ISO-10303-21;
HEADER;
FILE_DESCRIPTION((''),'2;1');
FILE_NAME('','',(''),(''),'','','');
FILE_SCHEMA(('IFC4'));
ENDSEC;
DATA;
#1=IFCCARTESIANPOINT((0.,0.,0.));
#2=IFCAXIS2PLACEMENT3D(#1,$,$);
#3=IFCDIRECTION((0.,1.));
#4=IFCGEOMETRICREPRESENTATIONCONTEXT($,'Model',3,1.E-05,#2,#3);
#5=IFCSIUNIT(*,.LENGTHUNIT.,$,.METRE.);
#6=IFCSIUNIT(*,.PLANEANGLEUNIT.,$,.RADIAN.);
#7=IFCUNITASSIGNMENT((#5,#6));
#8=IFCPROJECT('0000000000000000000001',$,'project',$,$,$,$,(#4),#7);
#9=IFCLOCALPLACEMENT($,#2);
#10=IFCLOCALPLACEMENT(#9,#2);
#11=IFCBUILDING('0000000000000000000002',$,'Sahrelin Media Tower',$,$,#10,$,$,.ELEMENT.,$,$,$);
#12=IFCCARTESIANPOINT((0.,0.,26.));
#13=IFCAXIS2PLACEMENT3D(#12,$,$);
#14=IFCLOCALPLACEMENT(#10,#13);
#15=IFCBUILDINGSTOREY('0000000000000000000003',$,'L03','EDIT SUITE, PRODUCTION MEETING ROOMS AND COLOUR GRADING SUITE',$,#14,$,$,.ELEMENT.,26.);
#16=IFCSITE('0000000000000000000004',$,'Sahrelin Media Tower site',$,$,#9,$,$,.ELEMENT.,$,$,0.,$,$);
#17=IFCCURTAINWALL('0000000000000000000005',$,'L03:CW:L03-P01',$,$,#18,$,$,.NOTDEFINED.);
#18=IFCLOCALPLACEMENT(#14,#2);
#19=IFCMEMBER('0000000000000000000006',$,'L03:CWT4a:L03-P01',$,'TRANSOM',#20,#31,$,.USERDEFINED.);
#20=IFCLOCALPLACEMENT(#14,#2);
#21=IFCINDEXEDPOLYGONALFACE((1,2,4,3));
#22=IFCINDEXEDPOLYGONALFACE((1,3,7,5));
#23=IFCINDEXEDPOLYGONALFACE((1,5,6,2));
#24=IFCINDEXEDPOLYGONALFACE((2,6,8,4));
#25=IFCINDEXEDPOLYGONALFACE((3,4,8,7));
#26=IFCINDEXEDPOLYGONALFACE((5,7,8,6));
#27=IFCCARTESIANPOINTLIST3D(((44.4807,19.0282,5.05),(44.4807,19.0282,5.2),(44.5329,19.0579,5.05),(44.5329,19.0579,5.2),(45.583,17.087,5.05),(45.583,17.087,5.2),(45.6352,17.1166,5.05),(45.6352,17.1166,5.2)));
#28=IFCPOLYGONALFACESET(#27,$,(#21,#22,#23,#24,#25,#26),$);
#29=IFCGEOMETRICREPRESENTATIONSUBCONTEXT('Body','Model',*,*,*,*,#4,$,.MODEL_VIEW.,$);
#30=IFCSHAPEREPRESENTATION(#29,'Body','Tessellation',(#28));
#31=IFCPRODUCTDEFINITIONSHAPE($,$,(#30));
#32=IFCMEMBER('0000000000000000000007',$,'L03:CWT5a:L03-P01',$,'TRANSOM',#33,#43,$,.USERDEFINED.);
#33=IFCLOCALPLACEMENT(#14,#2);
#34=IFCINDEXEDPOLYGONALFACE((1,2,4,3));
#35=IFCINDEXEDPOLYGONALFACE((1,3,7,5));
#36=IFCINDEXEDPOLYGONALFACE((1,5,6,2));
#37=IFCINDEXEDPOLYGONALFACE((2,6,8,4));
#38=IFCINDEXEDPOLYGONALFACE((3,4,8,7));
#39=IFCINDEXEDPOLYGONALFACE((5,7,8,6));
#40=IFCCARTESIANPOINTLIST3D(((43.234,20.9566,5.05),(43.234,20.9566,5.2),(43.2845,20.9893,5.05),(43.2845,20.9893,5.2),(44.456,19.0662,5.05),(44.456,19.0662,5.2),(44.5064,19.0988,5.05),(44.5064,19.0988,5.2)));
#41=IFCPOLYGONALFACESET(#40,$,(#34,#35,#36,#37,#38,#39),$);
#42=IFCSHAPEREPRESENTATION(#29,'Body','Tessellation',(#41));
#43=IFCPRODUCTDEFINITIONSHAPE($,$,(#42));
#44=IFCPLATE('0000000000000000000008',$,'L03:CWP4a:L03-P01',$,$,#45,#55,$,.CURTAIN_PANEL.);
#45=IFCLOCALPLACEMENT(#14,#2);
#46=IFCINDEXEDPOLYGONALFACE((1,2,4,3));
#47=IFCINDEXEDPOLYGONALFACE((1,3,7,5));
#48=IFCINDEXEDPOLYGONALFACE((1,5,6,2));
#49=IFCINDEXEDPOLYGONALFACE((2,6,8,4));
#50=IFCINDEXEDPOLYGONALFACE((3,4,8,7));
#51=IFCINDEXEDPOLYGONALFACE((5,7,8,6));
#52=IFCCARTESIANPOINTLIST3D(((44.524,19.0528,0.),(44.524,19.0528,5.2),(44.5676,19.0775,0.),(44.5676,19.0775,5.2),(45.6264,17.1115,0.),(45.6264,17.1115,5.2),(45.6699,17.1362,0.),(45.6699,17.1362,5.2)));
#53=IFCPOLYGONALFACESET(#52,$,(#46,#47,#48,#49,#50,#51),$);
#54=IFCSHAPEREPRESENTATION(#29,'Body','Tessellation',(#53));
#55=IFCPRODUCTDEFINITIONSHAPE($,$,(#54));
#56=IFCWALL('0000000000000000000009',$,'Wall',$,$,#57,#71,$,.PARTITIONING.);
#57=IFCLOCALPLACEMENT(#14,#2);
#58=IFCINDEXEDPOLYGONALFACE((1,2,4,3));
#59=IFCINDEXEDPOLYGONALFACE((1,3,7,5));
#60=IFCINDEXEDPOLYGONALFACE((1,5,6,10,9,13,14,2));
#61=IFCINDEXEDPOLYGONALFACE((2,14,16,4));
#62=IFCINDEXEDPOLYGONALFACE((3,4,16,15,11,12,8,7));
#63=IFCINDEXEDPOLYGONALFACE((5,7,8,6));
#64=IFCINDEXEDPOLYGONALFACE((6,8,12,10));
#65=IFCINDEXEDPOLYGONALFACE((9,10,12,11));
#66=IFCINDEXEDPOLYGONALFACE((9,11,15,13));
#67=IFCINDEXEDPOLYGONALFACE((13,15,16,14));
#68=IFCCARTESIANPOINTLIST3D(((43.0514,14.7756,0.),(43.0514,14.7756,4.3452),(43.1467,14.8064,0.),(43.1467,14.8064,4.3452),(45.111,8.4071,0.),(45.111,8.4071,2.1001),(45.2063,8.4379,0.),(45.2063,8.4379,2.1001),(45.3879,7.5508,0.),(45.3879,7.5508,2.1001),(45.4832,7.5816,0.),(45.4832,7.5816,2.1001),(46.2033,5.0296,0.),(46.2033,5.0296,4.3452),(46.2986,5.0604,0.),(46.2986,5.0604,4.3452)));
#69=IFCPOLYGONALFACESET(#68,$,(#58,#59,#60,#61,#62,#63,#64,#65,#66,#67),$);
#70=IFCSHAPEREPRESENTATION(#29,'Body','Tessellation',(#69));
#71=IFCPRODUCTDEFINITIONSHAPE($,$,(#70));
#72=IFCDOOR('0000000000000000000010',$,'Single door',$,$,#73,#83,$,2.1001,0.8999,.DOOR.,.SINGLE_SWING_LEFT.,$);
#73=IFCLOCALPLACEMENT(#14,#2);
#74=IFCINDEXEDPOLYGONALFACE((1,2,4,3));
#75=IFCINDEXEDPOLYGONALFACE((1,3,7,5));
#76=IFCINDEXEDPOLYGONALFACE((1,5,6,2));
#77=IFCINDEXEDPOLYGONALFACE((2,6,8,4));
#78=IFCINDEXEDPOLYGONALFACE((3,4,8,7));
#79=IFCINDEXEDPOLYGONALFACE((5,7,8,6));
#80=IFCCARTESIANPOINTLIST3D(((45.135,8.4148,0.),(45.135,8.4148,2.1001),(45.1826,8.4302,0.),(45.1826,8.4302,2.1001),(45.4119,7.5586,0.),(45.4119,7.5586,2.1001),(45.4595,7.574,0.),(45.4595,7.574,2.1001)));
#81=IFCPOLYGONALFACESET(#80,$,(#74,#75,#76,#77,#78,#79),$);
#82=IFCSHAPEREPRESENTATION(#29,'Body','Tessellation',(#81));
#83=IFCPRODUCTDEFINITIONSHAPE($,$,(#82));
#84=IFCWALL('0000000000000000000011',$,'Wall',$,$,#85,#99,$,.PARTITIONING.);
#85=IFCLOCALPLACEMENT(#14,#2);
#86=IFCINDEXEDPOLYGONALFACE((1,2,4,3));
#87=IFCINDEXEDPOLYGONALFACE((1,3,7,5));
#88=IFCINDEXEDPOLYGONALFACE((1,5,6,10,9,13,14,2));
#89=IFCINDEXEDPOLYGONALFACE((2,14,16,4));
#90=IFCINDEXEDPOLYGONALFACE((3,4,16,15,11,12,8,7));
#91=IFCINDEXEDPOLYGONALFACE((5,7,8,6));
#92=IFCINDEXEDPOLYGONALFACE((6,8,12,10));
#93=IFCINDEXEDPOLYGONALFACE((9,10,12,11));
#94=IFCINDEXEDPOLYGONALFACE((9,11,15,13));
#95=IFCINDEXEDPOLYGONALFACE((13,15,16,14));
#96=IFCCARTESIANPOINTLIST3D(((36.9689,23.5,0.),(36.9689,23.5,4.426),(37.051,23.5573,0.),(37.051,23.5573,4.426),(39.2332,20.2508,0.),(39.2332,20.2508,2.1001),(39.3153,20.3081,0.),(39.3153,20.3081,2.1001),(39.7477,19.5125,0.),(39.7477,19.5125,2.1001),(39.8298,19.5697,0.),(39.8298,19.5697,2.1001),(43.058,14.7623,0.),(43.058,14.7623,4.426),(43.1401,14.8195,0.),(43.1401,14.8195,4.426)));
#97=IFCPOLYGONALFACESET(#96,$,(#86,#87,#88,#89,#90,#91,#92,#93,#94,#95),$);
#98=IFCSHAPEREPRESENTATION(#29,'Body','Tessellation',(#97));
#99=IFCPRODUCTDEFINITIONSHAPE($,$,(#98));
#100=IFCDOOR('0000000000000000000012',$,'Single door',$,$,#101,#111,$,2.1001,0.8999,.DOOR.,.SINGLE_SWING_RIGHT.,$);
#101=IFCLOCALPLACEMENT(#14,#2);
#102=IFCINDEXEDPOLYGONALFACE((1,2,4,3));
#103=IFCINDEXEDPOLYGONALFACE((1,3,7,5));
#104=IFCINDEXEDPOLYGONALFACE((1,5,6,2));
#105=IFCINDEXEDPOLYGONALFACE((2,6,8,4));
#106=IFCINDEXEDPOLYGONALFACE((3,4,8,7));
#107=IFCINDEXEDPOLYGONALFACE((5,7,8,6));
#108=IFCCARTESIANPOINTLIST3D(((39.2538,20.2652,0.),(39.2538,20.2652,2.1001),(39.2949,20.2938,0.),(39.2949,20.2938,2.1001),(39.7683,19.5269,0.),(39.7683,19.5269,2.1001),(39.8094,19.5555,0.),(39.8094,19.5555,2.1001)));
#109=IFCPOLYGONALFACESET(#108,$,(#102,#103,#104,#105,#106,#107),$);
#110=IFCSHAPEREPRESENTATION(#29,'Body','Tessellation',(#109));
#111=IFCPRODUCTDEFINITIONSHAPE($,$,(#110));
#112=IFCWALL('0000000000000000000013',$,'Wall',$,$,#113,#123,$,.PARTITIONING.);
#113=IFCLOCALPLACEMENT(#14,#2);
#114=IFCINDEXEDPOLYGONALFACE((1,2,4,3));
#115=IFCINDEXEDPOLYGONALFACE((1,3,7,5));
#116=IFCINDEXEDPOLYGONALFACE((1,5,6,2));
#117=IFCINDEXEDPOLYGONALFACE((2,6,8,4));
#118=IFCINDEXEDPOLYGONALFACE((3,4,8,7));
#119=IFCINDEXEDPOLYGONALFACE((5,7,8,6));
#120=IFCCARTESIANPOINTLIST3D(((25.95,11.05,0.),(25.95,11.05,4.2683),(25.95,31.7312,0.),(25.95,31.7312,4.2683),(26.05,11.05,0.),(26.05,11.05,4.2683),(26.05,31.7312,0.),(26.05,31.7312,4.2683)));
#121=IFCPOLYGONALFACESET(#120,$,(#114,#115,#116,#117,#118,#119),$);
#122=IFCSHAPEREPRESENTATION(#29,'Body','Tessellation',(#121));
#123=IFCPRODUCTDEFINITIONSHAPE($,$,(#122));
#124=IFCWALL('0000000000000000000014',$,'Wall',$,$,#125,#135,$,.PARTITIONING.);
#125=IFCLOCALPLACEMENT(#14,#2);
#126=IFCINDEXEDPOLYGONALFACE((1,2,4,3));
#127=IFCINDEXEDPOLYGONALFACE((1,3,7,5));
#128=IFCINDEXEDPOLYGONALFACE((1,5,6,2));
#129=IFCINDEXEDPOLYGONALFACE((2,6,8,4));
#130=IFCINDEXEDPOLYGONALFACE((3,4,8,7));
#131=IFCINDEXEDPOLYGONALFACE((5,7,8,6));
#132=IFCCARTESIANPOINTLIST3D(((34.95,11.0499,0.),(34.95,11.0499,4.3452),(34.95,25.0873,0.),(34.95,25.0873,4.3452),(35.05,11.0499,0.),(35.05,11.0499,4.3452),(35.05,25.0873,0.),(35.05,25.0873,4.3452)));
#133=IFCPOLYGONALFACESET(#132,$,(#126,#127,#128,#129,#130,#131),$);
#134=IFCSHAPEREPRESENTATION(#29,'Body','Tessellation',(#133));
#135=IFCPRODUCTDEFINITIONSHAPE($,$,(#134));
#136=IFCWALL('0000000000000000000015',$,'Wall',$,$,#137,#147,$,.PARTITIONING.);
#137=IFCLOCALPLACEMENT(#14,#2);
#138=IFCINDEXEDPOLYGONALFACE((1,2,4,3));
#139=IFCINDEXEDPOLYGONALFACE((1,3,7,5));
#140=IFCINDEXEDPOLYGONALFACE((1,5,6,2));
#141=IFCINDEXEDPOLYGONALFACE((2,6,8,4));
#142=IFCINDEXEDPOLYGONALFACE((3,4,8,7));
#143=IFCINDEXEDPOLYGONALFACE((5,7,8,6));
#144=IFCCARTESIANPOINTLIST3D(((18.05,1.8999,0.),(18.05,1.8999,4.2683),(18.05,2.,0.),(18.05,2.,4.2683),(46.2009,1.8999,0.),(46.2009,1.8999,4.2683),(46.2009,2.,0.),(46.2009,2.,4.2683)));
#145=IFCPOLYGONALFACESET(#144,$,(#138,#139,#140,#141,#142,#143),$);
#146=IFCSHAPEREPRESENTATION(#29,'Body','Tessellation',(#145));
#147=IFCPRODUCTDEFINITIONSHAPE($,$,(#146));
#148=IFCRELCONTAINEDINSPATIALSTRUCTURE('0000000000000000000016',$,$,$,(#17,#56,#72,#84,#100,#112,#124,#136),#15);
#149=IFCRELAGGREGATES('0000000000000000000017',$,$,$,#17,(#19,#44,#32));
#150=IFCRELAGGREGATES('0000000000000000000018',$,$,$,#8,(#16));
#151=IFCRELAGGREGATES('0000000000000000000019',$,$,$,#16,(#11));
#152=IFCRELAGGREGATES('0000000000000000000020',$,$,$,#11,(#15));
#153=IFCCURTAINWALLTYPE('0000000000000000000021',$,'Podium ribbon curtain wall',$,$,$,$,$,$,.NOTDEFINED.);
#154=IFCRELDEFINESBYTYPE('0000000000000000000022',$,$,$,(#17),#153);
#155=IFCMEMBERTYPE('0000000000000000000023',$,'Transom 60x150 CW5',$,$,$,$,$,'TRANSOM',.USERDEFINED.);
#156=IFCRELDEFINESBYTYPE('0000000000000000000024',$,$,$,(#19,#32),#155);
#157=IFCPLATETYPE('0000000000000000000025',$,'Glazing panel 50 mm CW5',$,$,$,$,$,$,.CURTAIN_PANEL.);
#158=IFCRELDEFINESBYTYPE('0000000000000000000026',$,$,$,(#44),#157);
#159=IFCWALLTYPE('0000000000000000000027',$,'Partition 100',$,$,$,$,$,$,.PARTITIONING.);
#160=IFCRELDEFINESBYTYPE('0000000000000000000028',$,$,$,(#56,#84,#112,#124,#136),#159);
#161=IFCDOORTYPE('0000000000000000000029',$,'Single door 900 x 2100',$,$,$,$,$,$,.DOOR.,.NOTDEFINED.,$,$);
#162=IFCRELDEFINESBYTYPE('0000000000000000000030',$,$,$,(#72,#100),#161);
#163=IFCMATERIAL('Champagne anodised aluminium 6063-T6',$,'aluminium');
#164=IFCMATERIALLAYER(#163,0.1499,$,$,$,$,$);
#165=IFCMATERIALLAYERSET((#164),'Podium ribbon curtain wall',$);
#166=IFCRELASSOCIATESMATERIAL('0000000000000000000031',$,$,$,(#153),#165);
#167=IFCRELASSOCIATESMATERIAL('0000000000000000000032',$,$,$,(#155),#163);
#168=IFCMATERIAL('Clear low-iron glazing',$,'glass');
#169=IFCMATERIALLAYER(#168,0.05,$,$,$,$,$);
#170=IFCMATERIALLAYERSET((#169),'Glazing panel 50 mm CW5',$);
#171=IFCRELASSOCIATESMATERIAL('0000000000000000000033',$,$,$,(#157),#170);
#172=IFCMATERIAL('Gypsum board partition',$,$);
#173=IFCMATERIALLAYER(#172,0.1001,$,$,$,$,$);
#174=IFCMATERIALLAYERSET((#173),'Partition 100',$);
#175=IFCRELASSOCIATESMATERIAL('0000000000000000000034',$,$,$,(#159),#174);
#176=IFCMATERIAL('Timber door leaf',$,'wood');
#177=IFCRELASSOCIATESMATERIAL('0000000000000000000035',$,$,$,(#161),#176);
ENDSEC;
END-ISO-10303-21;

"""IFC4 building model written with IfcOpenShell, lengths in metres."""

from ifc_helpers import new_model, si_unit, direction, frame, frame_2d, origin, origin_2d, place, context, subcontext, project, spatial, polyline, rectangle, outline, extrude, material, layer, layer_set, material_profile, profile_set, type_object, element, fill, aggregate, save


model = new_model("IFC4")

# Units and contexts
model_context = context("Model", 3, precision=1e-05, world=origin(), true_north=direction((0.0, 1.0)))
body_context = subcontext(model_context, "Body", "Model", "MODEL_VIEW")
ifc_project = project(units=[si_unit("LENGTHUNIT", "METRE"), si_unit("PLANEANGLEUNIT", "RADIAN")], contexts=[model_context])

# Site, building, storey
site_placement = place(None, origin())
site = spatial("IfcSite", under=ifc_project, at=site_placement, Name="Sahrelin Media Tower site", CompositionType="ELEMENT", RefElevation=0.0)
building_placement = place(site_placement, origin())
building = spatial("IfcBuilding", under=site, at=building_placement, Name="Sahrelin Media Tower", CompositionType="ELEMENT")
storey_placement = place(building_placement, frame((0.0, 0.0, 26.0)))
storey = spatial("IfcBuildingStorey", under=building, at=storey_placement, Name="L03", Description="EDIT SUITE, PRODUCTION MEETING ROOMS AND COLOUR GRADING SUITE", CompositionType="ELEMENT", Elevation=26.0)

# Curtain wall
ifc_material_1 = material(Name="Champagne anodised aluminium 6063-T6", Category="aluminium")
ifc_layer_1 = layer(ifc_material_1, 0.1499)
ifc_layer_set_1 = layer_set([ifc_layer_1], Name="Podium ribbon curtain wall")
curtain_wall_type = type_object("IfcCurtainWallType", Name="Podium ribbon curtain wall", PredefinedType="NOTDEFINED", material=ifc_layer_set_1)
curtain_wall_placement = place(storey_placement, frame((48.2964, 10.8704, 0.0), z_axis=(0.0, 0.0, 1.0), x_axis=(1.0, 0.0, 0.0)))
curtain_wall = element("IfcCurtainWall", 1, at=curtain_wall_placement, inside=storey, type_object=curtain_wall_type, Name="L03:CW:L03-P01", PredefinedType="NOTDEFINED")

# Members
ifc_material_profile_1 = material_profile(ifc_material_1, rectangle(XDim=0.0601, YDim=0.1499, at=origin_2d()), Name="Transom 60x150")
ifc_profile_set_1 = profile_set([ifc_material_profile_1], Name="Champagne anodised aluminium 6063-T6")
member_type_1 = type_object("IfcMemberType", Name="Transom 60x150 CW5", ElementType="TRANSOM", PredefinedType="USERDEFINED", material=ifc_profile_set_1)
member_1_placement = place(storey_placement, frame((45.6091, 17.1018, 5.125), z_axis=(-0.493793, 0.869579, 0.0), x_axis=(-0.869579, -0.493793, 0.0)))
member_1 = element("IfcMember", 2, at=member_1_placement, type_object=member_type_1, Name="L03:CWT4a:L03-P01", ObjectType="TRANSOM", PredefinedType="USERDEFINED", context=body_context, shape_type="SweptSolid", body=[
    extrude(rectangle(XDim=0.0601, YDim=0.1499, at=origin_2d()), origin(), (0.0, 0.0, 1.0), 2.2324),
])
member_2_placement = place(storey_placement, frame((44.4812, 19.0825, 5.125), z_axis=(-0.542855, 0.839826, 0.0), x_axis=(-0.839826, -0.542855, 0.0)))
member_2 = element("IfcMember", 3, at=member_2_placement, type_object=member_type_1, Name="L03:CWT5a:L03-P01", ObjectType="TRANSOM", PredefinedType="USERDEFINED", context=body_context, shape_type="SweptSolid", body=[
    extrude(rectangle(XDim=0.0601, YDim=0.1499, at=origin_2d()), origin(), (0.0, 0.0, 1.0), 2.251),
])

# Plate
ifc_material_2 = material(Name="Clear low-iron glazing", Category="glass")
ifc_layer_2 = layer(ifc_material_2, 0.05)
ifc_layer_set_2 = layer_set([ifc_layer_2], Name="Glazing panel 50 mm CW5")
plate_type = type_object("IfcPlateType", Name="Glazing panel 50 mm CW5", PredefinedType="CURTAIN_PANEL", material=ifc_layer_set_2)
plate_placement = place(storey_placement, frame((45.6699, 17.1362, 0.0), z_axis=(0.869579, 0.493793, 0.0), x_axis=(-0.493793, 0.869579, 0.0)))
plate = element("IfcPlate", 4, at=plate_placement, type_object=plate_type, Name="L03:CWP4a:L03-P01", PredefinedType="CURTAIN_PANEL", context=body_context, shape_type="SweptSolid", body=[
    extrude(outline(polyline([(0.0, 0.0), (2.2324, 0.0), (2.2324, 5.2), (0.0, 5.2), (0.0, 0.0)])), origin(), (0.0, 0.0, -1.0), 0.05),
])
aggregate(curtain_wall, [member_1, plate, member_2])

# Walls, openings, doors
ifc_material_3 = material(Name="Gypsum board partition")
ifc_layer_3 = layer(ifc_material_3, 0.1001)
ifc_layer_set_3 = layer_set([ifc_layer_3], Name="Partition 100")
wall_type = type_object("IfcWallType", Name="Partition 100", PredefinedType="PARTITIONING", material=ifc_layer_set_3)
wall_1_placement = place(storey_placement, frame((46.251, 5.0449, 0.0), z_axis=(0.0, 0.0, 1.0), x_axis=(-0.307713, 0.951479, 0.0)))
wall_1 = element("IfcWall", 5, at=wall_1_placement, inside=storey, type_object=wall_type, Name="Wall", PredefinedType="PARTITIONING", context=body_context, shape_type="SweptSolid", body=[
    extrude(rectangle(XDim=10.2429, YDim=0.1001, at=frame_2d((5.1216, 0.0))), origin(), (0.0, 0.0, 1.0), 4.3452),
])
opening_1_placement = place(wall_1_placement, frame((2.6499, 0.0, 0.0)))
opening_1 = element("IfcOpeningElement", 6, at=opening_1_placement, cuts=wall_1, PredefinedType="OPENING", context=body_context, shape_type="SweptSolid", body=[
    extrude(rectangle(XDim=0.8999, YDim=2.1001, at=frame_2d((0.45, 1.05))), frame((0.0, 0.05, 0.0), z_axis=(0.0, -1.0, 0.0), x_axis=(1.0, 0.0, 0.0)), (0.0, 0.0, 1.0), 0.1001),
])
ifc_material_4 = material(Name="Timber door leaf", Category="wood")
door_type = type_object("IfcDoorType", Name="Single door 900 x 2100", OperationType="NOTDEFINED", PredefinedType="DOOR", material=ifc_material_4)
door_1_placement = place(opening_1_placement, origin())
door_1 = element("IfcDoor", 7, at=door_1_placement, inside=storey, type_object=door_type, Name="Single door", OperationType="SINGLE_SWING_LEFT", OverallHeight=2.1001, OverallWidth=0.8999, PredefinedType="DOOR", context=body_context, shape_type="SweptSolid", body=[
    extrude(rectangle(XDim=0.8999, YDim=2.1001, at=frame_2d((0.45, 1.05))), frame((0.0, 0.0249, 0.0), z_axis=(0.0, -1.0, 0.0), x_axis=(1.0, 0.0, 0.0)), (0.0, 0.0, 1.0), 0.05),
])
fill(opening_1, door_1)
wall_2_placement = place(storey_placement, frame((43.0991, 14.7908, 0.0), z_axis=(0.0, 0.0, 1.0), x_axis=(-0.571738, 0.820436, 0.0)))
wall_2 = element("IfcWall", 8, at=wall_2_placement, inside=storey, type_object=wall_type, Name="Wall", PredefinedType="PARTITIONING", context=body_context, shape_type="SweptSolid", body=[
    extrude(rectangle(XDim=10.6501, YDim=0.1001, at=frame_2d((5.3252, 0.0))), origin(), (0.0, 0.0, 1.0), 4.426),
])
opening_2_placement = place(wall_2_placement, frame((5.79, 0.0, 0.0)))
opening_2 = element("IfcOpeningElement", 9, at=opening_2_placement, cuts=wall_2, PredefinedType="OPENING", context=body_context, shape_type="SweptSolid", body=[
    extrude(rectangle(XDim=0.8999, YDim=2.1001, at=frame_2d((0.45, 1.05))), frame((0.0, 0.05, 0.0), z_axis=(0.0, -1.0, 0.0), x_axis=(1.0, 0.0, 0.0)), (0.0, 0.0, 1.0), 0.1001),
])
door_2_placement = place(opening_2_placement, origin())
door_2 = element("IfcDoor", 10, at=door_2_placement, inside=storey, type_object=door_type, Name="Single door", OperationType="SINGLE_SWING_RIGHT", OverallHeight=2.1001, OverallWidth=0.8999, PredefinedType="DOOR", context=body_context, shape_type="SweptSolid", body=[
    extrude(rectangle(XDim=0.8999, YDim=2.1001, at=frame_2d((0.45, 1.05))), frame((0.0, 0.0249, 0.0), z_axis=(0.0, -1.0, 0.0), x_axis=(1.0, 0.0, 0.0)), (0.0, 0.0, 1.0), 0.05),
])
fill(opening_2, door_2)

# Walls
wall_3_placement = place(storey_placement, frame((26.0, 11.05, 0.0), z_axis=(0.0, 0.0, 1.0), x_axis=(0.0, 1.0, 0.0)))
element("IfcWall", 11, at=wall_3_placement, inside=storey, type_object=wall_type, Name="Wall", PredefinedType="PARTITIONING", context=body_context, shape_type="SweptSolid", body=[
    extrude(rectangle(XDim=20.6812, YDim=0.1001, at=frame_2d((10.3406, 0.0))), origin(), (0.0, 0.0, 1.0), 4.2683),
])
wall_4_placement = place(storey_placement, frame((35.0, 11.05, 0.0), z_axis=(0.0, 0.0, 1.0), x_axis=(0.0, 1.0, 0.0)))
element("IfcWall", 12, at=wall_4_placement, inside=storey, type_object=wall_type, Name="Wall", PredefinedType="PARTITIONING", context=body_context, shape_type="SweptSolid", body=[
    extrude(rectangle(XDim=14.0374, YDim=0.1001, at=frame_2d((7.0186, 0.0))), origin(), (0.0, 0.0, 1.0), 4.3452),
])
wall_5_placement = place(storey_placement, frame((18.05, 1.95, 0.0), z_axis=(0.0, 0.0, 1.0), x_axis=(1.0, 0.0, 0.0)))
element("IfcWall", 13, at=wall_5_placement, inside=storey, type_object=wall_type, Name="Wall", PredefinedType="PARTITIONING", context=body_context, shape_type="SweptSolid", body=[
    extrude(rectangle(XDim=28.1509, YDim=0.1001, at=frame_2d((14.0754, 0.0))), origin(), (0.0, 0.0, 1.0), 4.2683),
])

save(model, "model.ifc")
